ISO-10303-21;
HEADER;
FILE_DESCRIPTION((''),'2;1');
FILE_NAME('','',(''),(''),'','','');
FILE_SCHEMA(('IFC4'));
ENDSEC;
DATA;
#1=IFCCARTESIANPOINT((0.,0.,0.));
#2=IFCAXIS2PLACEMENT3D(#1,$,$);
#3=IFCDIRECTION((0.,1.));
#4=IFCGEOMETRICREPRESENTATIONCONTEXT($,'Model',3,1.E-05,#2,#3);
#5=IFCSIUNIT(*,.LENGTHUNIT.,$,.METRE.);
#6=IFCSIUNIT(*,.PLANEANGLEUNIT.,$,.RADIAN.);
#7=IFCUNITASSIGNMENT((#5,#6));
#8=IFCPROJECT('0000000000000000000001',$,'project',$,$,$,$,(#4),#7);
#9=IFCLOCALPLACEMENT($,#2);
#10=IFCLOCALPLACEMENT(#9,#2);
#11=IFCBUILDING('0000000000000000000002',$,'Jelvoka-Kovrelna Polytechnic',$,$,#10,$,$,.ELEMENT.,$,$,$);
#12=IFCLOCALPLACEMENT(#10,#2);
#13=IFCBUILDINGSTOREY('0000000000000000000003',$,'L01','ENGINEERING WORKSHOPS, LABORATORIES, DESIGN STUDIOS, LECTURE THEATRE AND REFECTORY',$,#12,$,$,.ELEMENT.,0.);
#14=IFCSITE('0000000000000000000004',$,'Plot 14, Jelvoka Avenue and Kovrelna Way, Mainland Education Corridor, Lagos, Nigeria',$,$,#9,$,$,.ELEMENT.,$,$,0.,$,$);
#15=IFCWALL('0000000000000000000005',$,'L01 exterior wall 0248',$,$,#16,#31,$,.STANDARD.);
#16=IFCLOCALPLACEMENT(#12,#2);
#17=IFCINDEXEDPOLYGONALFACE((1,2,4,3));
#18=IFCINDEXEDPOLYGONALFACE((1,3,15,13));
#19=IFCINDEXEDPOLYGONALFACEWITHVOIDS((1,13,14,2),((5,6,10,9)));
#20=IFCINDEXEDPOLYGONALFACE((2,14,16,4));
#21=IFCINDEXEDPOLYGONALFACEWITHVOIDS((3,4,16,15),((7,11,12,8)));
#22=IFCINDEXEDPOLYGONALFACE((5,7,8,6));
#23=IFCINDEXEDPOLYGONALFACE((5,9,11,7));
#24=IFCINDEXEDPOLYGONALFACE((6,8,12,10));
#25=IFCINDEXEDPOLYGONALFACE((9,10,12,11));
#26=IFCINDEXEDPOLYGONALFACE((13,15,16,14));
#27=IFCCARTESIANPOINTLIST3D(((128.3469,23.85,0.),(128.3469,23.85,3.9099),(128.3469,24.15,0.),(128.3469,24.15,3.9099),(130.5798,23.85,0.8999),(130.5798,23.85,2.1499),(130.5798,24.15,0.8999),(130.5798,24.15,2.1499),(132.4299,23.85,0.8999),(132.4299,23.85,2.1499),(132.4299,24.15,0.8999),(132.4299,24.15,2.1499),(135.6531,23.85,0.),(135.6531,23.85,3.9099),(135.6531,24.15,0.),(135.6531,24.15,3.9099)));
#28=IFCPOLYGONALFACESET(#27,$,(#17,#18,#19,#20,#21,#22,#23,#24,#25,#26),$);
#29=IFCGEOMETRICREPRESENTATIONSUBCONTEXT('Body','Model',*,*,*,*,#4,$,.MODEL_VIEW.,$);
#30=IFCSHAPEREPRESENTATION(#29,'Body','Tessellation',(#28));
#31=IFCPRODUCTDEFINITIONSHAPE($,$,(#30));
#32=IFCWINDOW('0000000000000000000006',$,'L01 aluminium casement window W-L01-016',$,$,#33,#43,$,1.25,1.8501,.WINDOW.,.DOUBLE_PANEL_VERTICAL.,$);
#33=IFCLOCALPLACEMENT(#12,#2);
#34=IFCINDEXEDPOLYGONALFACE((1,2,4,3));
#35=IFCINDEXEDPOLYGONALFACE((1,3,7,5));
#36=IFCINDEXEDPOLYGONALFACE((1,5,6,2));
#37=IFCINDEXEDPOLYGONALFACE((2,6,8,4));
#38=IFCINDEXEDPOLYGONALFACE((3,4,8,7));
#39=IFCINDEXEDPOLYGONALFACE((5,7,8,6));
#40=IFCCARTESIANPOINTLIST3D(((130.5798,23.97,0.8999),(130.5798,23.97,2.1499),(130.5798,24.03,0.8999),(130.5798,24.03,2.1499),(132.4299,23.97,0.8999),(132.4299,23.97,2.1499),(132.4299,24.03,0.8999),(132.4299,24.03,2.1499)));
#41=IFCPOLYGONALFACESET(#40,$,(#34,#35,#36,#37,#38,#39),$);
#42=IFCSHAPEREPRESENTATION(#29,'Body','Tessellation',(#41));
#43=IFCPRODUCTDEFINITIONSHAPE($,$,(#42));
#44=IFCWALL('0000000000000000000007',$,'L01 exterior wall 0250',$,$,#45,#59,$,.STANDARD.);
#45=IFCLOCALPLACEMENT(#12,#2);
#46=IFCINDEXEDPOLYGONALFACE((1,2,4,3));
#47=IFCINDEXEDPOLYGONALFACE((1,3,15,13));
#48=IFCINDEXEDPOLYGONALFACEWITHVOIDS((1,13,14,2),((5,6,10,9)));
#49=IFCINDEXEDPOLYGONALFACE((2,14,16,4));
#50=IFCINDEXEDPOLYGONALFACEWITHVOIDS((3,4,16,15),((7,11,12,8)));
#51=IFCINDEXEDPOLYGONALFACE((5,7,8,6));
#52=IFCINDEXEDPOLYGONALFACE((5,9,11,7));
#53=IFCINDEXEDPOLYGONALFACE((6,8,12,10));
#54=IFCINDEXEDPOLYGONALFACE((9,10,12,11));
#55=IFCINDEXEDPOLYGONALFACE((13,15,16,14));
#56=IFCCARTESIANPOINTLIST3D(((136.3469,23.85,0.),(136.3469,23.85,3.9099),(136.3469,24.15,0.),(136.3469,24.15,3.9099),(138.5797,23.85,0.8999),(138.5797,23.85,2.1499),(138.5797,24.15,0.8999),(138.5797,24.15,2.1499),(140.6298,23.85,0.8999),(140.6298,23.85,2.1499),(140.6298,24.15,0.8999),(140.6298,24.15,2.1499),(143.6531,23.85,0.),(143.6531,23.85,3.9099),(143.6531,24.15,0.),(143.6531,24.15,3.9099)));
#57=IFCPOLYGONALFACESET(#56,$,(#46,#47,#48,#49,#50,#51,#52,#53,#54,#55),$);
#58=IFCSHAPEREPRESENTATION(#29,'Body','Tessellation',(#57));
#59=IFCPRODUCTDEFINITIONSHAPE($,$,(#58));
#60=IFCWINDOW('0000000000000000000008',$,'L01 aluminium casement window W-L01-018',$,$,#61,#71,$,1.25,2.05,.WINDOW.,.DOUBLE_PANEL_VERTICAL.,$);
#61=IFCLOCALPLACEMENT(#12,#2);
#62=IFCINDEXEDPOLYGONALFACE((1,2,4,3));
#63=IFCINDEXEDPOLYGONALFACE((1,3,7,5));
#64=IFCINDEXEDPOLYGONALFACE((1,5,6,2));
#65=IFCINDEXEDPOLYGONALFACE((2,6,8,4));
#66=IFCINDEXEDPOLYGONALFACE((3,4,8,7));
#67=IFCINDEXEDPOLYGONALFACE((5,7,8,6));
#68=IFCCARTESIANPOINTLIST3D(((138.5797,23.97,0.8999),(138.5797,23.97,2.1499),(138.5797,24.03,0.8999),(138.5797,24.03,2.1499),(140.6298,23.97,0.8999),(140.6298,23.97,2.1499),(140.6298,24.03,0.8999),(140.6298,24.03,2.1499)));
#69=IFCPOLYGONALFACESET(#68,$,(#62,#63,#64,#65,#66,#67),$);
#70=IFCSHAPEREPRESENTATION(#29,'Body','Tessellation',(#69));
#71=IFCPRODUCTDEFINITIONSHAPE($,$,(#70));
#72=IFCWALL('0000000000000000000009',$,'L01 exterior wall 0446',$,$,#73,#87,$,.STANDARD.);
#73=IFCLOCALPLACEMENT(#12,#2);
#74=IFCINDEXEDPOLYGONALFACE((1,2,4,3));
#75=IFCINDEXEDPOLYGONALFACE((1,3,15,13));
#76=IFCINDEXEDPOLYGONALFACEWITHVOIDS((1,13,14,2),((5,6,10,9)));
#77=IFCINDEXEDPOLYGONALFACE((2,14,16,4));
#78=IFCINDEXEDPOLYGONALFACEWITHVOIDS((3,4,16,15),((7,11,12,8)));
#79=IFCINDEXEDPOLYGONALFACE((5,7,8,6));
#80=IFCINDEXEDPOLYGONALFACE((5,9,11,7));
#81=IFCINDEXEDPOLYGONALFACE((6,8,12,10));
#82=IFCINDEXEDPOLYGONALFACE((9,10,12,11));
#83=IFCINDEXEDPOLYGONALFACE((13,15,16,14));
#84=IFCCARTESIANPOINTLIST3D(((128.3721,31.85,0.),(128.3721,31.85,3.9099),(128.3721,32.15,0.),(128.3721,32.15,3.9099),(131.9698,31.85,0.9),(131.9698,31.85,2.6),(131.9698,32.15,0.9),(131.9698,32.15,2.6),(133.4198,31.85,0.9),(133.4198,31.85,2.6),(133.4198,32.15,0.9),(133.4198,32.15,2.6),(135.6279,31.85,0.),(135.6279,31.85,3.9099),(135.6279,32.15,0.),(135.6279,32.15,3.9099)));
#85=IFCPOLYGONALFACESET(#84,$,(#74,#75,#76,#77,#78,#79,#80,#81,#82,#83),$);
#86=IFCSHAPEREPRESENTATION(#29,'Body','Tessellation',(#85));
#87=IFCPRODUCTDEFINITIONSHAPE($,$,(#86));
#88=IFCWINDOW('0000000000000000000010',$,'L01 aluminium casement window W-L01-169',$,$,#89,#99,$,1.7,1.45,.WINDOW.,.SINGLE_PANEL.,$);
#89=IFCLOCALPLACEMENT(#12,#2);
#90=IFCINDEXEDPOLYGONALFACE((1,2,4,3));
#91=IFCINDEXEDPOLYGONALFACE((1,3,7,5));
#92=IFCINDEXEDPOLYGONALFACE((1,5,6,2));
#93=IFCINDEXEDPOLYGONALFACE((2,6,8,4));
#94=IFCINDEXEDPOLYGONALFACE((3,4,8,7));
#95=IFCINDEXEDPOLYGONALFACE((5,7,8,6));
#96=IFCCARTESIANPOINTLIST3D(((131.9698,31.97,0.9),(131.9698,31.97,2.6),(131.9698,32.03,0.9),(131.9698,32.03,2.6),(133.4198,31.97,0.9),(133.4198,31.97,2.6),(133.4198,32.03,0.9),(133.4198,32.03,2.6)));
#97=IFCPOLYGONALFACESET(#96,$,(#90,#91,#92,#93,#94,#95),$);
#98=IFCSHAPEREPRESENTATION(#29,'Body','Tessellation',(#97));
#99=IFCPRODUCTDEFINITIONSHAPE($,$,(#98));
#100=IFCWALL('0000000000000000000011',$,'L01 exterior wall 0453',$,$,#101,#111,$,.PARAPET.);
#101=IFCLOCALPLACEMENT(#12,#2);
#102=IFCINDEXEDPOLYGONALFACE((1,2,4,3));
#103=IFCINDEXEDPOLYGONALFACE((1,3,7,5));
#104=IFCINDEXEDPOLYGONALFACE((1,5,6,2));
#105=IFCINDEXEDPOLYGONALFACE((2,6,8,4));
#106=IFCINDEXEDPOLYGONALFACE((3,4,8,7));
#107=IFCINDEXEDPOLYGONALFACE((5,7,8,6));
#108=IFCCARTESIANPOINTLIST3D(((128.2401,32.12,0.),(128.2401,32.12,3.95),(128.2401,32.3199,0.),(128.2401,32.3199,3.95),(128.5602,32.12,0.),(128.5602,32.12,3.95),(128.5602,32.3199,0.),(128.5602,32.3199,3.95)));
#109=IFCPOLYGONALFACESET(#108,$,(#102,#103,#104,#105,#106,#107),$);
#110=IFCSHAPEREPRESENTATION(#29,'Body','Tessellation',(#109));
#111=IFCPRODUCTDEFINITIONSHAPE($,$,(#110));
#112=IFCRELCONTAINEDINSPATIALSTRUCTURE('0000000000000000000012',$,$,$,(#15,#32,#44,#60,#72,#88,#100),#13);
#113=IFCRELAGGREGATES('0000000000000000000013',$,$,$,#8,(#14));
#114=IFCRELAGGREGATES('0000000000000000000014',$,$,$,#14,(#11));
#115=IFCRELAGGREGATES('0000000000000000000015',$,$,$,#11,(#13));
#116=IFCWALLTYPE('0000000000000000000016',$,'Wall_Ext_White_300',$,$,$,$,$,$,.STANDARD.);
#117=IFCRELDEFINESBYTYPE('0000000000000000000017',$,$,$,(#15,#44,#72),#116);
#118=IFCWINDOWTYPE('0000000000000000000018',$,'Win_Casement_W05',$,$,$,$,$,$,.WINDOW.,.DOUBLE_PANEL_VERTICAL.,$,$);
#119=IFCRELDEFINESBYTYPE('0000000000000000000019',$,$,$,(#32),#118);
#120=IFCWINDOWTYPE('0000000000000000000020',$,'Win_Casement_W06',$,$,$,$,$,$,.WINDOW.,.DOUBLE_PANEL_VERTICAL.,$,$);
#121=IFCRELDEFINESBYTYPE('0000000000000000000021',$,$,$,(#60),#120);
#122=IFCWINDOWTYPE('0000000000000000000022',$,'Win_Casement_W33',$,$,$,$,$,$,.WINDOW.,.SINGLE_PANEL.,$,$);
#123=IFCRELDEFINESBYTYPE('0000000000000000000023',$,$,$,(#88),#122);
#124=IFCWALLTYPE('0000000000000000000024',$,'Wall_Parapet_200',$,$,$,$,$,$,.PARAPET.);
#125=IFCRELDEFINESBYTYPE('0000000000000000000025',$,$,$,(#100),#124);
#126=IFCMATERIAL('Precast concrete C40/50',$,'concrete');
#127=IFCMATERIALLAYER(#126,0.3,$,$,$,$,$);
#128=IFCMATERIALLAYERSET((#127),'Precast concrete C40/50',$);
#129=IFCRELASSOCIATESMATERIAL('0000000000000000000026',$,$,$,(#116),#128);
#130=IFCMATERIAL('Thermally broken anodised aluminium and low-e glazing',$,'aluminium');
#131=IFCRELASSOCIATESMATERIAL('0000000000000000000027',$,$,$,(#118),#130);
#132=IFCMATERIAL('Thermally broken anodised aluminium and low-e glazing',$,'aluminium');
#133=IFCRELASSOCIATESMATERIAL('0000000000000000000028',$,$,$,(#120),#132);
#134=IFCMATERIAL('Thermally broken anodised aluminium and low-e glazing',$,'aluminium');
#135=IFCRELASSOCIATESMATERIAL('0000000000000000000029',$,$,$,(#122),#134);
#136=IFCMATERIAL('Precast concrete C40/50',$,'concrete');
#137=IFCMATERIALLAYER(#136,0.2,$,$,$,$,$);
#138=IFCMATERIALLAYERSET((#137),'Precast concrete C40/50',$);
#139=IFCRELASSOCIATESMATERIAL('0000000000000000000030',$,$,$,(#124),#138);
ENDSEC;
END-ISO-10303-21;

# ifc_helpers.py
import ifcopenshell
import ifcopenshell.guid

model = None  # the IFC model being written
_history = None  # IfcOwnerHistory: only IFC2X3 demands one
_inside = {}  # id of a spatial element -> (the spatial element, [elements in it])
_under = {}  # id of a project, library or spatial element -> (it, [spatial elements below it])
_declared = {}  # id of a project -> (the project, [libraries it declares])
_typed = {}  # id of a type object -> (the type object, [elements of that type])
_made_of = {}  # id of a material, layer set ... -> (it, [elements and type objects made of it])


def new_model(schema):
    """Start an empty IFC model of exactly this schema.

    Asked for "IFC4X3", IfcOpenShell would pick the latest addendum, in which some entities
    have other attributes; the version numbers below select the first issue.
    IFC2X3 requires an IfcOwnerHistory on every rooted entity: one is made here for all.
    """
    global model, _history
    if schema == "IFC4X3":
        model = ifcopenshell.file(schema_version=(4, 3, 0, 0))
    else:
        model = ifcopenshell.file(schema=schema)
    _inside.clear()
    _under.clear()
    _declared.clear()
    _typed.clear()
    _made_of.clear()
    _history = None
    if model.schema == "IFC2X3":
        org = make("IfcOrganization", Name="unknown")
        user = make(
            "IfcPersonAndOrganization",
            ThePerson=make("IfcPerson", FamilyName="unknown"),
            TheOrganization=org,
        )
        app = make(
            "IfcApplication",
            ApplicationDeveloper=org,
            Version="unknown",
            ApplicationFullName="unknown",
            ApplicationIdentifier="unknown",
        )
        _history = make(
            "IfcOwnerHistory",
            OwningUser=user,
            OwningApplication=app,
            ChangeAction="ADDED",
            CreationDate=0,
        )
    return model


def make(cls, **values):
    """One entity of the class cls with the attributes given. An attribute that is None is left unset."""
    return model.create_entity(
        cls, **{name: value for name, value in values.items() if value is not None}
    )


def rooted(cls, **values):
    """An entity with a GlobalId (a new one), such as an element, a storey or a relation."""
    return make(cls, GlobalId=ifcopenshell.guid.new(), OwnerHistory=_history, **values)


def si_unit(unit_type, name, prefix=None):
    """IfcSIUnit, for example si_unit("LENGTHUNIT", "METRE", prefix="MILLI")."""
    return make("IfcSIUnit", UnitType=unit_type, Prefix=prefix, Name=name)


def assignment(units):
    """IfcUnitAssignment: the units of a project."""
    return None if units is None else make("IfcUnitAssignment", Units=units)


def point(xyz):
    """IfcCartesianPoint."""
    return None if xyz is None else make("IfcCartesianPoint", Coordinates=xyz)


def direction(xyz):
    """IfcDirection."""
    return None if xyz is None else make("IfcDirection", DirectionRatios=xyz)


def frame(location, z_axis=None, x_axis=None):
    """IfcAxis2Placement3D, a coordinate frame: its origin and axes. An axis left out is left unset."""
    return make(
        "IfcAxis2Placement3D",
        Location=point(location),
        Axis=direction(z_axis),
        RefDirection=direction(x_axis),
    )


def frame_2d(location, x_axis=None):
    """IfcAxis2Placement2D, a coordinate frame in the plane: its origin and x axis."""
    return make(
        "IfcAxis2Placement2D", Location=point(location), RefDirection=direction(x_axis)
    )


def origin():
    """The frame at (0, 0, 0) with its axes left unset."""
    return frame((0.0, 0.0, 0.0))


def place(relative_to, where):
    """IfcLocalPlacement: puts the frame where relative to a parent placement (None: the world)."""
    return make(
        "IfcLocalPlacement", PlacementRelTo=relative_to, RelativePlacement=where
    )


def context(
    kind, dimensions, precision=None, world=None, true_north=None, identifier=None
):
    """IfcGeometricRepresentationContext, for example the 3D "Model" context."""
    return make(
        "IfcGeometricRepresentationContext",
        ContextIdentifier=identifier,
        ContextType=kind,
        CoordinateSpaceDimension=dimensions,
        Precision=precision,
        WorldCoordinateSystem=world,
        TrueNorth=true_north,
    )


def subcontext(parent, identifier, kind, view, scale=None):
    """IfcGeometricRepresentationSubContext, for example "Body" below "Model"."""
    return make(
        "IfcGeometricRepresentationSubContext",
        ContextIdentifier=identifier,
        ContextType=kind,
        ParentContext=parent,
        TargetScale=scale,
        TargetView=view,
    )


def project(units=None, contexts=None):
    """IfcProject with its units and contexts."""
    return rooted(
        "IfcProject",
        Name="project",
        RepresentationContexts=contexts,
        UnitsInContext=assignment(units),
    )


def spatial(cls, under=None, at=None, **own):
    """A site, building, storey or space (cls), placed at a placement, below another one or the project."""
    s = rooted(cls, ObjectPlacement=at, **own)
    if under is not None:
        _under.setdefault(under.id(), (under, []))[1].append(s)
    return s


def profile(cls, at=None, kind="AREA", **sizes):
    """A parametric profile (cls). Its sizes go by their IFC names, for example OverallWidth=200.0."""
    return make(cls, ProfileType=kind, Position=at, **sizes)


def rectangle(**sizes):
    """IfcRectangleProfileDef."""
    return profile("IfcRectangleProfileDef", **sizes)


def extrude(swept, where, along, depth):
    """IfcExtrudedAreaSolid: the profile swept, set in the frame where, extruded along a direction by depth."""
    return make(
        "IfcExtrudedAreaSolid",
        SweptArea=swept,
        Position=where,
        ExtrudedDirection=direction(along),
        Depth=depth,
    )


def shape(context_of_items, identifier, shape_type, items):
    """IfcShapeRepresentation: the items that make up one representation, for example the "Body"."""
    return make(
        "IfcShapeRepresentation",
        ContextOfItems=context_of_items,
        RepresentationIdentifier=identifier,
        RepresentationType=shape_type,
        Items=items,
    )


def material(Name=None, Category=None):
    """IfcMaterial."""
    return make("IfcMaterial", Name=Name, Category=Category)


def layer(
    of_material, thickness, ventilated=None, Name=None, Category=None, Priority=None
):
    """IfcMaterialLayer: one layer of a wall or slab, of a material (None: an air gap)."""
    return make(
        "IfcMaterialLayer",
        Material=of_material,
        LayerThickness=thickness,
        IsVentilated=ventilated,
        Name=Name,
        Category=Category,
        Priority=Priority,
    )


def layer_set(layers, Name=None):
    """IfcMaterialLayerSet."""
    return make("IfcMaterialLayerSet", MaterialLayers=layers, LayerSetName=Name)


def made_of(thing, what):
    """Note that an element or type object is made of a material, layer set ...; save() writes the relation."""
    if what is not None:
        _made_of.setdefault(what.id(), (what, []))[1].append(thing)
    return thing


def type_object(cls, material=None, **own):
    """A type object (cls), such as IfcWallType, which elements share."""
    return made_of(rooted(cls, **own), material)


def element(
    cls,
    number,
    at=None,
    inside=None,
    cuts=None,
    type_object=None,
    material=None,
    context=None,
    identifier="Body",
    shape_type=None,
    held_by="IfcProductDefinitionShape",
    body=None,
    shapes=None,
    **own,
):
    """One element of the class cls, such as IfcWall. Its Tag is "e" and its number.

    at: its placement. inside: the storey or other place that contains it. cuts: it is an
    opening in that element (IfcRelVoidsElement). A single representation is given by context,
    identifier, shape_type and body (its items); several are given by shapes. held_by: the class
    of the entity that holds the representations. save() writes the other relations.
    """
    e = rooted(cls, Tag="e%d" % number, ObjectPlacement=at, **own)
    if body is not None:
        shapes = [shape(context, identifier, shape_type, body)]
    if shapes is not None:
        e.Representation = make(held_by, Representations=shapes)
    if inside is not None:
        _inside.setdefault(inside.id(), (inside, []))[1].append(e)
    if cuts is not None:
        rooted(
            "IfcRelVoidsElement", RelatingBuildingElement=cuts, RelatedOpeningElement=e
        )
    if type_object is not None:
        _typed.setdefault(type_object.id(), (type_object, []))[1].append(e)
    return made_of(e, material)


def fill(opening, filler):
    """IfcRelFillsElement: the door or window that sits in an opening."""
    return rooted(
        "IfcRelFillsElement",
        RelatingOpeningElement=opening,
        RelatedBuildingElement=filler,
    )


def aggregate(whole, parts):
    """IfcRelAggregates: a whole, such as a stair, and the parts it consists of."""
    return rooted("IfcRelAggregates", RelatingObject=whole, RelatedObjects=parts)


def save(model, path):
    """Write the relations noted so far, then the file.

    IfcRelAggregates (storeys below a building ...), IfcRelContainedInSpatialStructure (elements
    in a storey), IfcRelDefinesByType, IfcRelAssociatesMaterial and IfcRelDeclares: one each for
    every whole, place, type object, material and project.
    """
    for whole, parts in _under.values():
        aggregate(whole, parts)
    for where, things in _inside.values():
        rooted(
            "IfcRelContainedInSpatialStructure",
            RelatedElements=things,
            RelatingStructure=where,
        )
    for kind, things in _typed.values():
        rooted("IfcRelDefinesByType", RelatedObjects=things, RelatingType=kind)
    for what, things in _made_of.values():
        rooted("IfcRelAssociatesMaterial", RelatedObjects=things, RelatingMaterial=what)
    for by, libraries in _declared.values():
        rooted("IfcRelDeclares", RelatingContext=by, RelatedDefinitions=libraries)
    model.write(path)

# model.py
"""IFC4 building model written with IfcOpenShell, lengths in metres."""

from ifc_helpers import new_model, si_unit, direction, frame, frame_2d, origin, place, context, subcontext, project, spatial, rectangle, extrude, material, layer, layer_set, type_object, element, fill, save


model = new_model("IFC4")

# Units and contexts
model_context = context("Model", 3, precision=1e-05, world=origin(), true_north=direction((0.0, 1.0)))
body_context = subcontext(model_context, "Body", "Model", "MODEL_VIEW")
ifc_project = project(units=[si_unit("LENGTHUNIT", "METRE"), si_unit("PLANEANGLEUNIT", "RADIAN")], contexts=[model_context])

# Site, building, storey
site_placement = place(None, origin())
site = spatial("IfcSite", under=ifc_project, at=site_placement, Name="Plot 14, Jelvoka Avenue and Kovrelna Way, Mainland Education Corridor, Lagos, Nigeria", CompositionType="ELEMENT", RefElevation=0.0)
building_placement = place(site_placement, origin())
building = spatial("IfcBuilding", under=site, at=building_placement, Name="Jelvoka-Kovrelna Polytechnic", CompositionType="ELEMENT")
storey_placement = place(building_placement, origin())
storey = spatial("IfcBuildingStorey", under=building, at=storey_placement, Name="L01", Description="ENGINEERING WORKSHOPS, LABORATORIES, DESIGN STUDIOS, LECTURE THEATRE AND REFECTORY", CompositionType="ELEMENT", Elevation=0.0)

# Walls, openings, windows
ifc_material_1 = material(Name="Precast concrete C40/50", Category="concrete")
ifc_layer_1 = layer(ifc_material_1, 0.3)
ifc_layer_set_1 = layer_set([ifc_layer_1], Name="Precast concrete C40/50")
wall_type_1 = type_object("IfcWallType", Name="Wall_Ext_White_300", PredefinedType="STANDARD", material=ifc_layer_set_1)
wall_1_placement = place(storey_placement, frame((128.3469, 24.0, 0.0), z_axis=(0.0, 0.0, 1.0), x_axis=(1.0, 0.0, 0.0)))
wall_1 = element("IfcWall", 1, at=wall_1_placement, inside=storey, type_object=wall_type_1, Name="L01 exterior wall 0248", PredefinedType="STANDARD", context=body_context, shape_type="SweptSolid", body=[
    extrude(rectangle(XDim=7.3062, YDim=0.3, at=frame_2d((3.6531, 0.0))), origin(), (0.0, 0.0, 1.0), 3.9099),
])
opening_1_placement = place(wall_1_placement, frame((2.2329, 0.0, 0.8999)))
opening_1 = element("IfcOpeningElement", 2, at=opening_1_placement, cuts=wall_1, PredefinedType="OPENING", context=body_context, shape_type="SweptSolid", body=[
    extrude(rectangle(XDim=1.8501, YDim=1.25, at=frame_2d((0.925, 0.625))), frame((0.0, 0.1599, 0.0), z_axis=(0.0, -1.0, 0.0), x_axis=(1.0, 0.0, 0.0)), (0.0, 0.0, 1.0), 0.3201),
])
ifc_material_2 = material(Name="Thermally broken anodised aluminium and low-e glazing", Category="aluminium")
window_type_1 = type_object("IfcWindowType", Name="Win_Casement_W05", PartitioningType="DOUBLE_PANEL_VERTICAL", PredefinedType="WINDOW", material=ifc_material_2)
window_1_placement = place(opening_1_placement, origin())
window_1 = element("IfcWindow", 3, at=window_1_placement, inside=storey, type_object=window_type_1, Name="L01 aluminium casement window W-L01-016", OverallHeight=1.25, OverallWidth=1.8501, PartitioningType="DOUBLE_PANEL_VERTICAL", PredefinedType="WINDOW", context=body_context, shape_type="SweptSolid", body=[
    extrude(rectangle(XDim=1.8501, YDim=1.25, at=frame_2d((0.925, 0.625))), frame((0.0, 0.03, 0.0), z_axis=(0.0, -1.0, 0.0), x_axis=(1.0, 0.0, 0.0)), (0.0, 0.0, 1.0), 0.0601),
])
fill(opening_1, window_1)
wall_2_placement = place(storey_placement, frame((136.3469, 24.0, 0.0), z_axis=(0.0, 0.0, 1.0), x_axis=(1.0, 0.0, 0.0)))
wall_2 = element("IfcWall", 4, at=wall_2_placement, inside=storey, type_object=wall_type_1, Name="L01 exterior wall 0250", PredefinedType="STANDARD", context=body_context, shape_type="SweptSolid", body=[
    extrude(rectangle(XDim=7.3062, YDim=0.3, at=frame_2d((3.6531, 0.0))), origin(), (0.0, 0.0, 1.0), 3.9099),
])
opening_2_placement = place(wall_2_placement, frame((2.2329, 0.0, 0.8999)))
opening_2 = element("IfcOpeningElement", 5, at=opening_2_placement, cuts=wall_2, PredefinedType="OPENING", context=body_context, shape_type="SweptSolid", body=[
    extrude(rectangle(XDim=2.05, YDim=1.25, at=frame_2d((1.0249, 0.625))), frame((0.0, 0.1599, 0.0), z_axis=(0.0, -1.0, 0.0), x_axis=(1.0, 0.0, 0.0)), (0.0, 0.0, 1.0), 0.3201),
])
ifc_material_3 = material(Name="Thermally broken anodised aluminium and low-e glazing", Category="aluminium")
window_type_2 = type_object("IfcWindowType", Name="Win_Casement_W06", PartitioningType="DOUBLE_PANEL_VERTICAL", PredefinedType="WINDOW", material=ifc_material_3)
window_2_placement = place(opening_2_placement, origin())
window_2 = element("IfcWindow", 6, at=window_2_placement, inside=storey, type_object=window_type_2, Name="L01 aluminium casement window W-L01-018", OverallHeight=1.25, OverallWidth=2.05, PartitioningType="DOUBLE_PANEL_VERTICAL", PredefinedType="WINDOW", context=body_context, shape_type="SweptSolid", body=[
    extrude(rectangle(XDim=2.05, YDim=1.25, at=frame_2d((1.0249, 0.625))), frame((0.0, 0.03, 0.0), z_axis=(0.0, -1.0, 0.0), x_axis=(1.0, 0.0, 0.0)), (0.0, 0.0, 1.0), 0.0601),
])
fill(opening_2, window_2)
wall_3_placement = place(storey_placement, frame((135.6279, 32.0, 0.0), z_axis=(0.0, 0.0, 1.0), x_axis=(-1.0, 0.0, 0.0)))
wall_3 = element("IfcWall", 7, at=wall_3_placement, inside=storey, type_object=wall_type_1, Name="L01 exterior wall 0446", PredefinedType="STANDARD", context=body_context, shape_type="SweptSolid", body=[
    extrude(rectangle(XDim=7.2559, YDim=0.3, at=frame_2d((3.6279, 0.0))), origin(), (0.0, 0.0, 1.0), 3.9099),
])
opening_3_placement = place(wall_3_placement, frame((2.208, 0.0, 0.8999)))
opening_3 = element("IfcOpeningElement", 8, at=opening_3_placement, cuts=wall_3, PredefinedType="OPENING", context=body_context, shape_type="SweptSolid", body=[
    extrude(rectangle(XDim=1.45, YDim=1.7, at=frame_2d((0.7251, 0.8501))), frame((0.0, 0.1599, 0.0), z_axis=(0.0, -1.0, 0.0), x_axis=(1.0, 0.0, 0.0)), (0.0, 0.0, 1.0), 0.3201),
])
ifc_material_4 = material(Name="Thermally broken anodised aluminium and low-e glazing", Category="aluminium")
window_type_3 = type_object("IfcWindowType", Name="Win_Casement_W33", PartitioningType="SINGLE_PANEL", PredefinedType="WINDOW", material=ifc_material_4)
window_3_placement = place(opening_3_placement, origin())
window_3 = element("IfcWindow", 9, at=window_3_placement, inside=storey, type_object=window_type_3, Name="L01 aluminium casement window W-L01-169", OverallHeight=1.7, OverallWidth=1.45, PartitioningType="SINGLE_PANEL", PredefinedType="WINDOW", context=body_context, shape_type="SweptSolid", body=[
    extrude(rectangle(XDim=1.45, YDim=1.7, at=frame_2d((0.7251, 0.8501))), frame((0.0, 0.03, 0.0), z_axis=(0.0, -1.0, 0.0), x_axis=(1.0, 0.0, 0.0)), (0.0, 0.0, 1.0), 0.0601),
])
fill(opening_3, window_3)

# Wall
ifc_material_5 = material(Name="Precast concrete C40/50", Category="concrete")
ifc_layer_2 = layer(ifc_material_5, 0.2)
ifc_layer_set_2 = layer_set([ifc_layer_2], Name="Precast concrete C40/50")
wall_type_2 = type_object("IfcWallType", Name="Wall_Parapet_200", PredefinedType="PARAPET", material=ifc_layer_set_2)
wall_4_placement = place(storey_placement, frame((128.24, 32.22, 0.0), z_axis=(0.0, 0.0, 1.0), x_axis=(1.0, 0.0, 0.0)))
element("IfcWall", 10, at=wall_4_placement, inside=storey, type_object=wall_type_2, Name="L01 exterior wall 0453", PredefinedType="PARAPET", context=body_context, shape_type="SweptSolid", body=[
    extrude(rectangle(XDim=0.3201, YDim=0.2, at=frame_2d((0.1602, 0.0))), origin(), (0.0, 0.0, 1.0), 3.95),
])

save(model, "model.ifc")
